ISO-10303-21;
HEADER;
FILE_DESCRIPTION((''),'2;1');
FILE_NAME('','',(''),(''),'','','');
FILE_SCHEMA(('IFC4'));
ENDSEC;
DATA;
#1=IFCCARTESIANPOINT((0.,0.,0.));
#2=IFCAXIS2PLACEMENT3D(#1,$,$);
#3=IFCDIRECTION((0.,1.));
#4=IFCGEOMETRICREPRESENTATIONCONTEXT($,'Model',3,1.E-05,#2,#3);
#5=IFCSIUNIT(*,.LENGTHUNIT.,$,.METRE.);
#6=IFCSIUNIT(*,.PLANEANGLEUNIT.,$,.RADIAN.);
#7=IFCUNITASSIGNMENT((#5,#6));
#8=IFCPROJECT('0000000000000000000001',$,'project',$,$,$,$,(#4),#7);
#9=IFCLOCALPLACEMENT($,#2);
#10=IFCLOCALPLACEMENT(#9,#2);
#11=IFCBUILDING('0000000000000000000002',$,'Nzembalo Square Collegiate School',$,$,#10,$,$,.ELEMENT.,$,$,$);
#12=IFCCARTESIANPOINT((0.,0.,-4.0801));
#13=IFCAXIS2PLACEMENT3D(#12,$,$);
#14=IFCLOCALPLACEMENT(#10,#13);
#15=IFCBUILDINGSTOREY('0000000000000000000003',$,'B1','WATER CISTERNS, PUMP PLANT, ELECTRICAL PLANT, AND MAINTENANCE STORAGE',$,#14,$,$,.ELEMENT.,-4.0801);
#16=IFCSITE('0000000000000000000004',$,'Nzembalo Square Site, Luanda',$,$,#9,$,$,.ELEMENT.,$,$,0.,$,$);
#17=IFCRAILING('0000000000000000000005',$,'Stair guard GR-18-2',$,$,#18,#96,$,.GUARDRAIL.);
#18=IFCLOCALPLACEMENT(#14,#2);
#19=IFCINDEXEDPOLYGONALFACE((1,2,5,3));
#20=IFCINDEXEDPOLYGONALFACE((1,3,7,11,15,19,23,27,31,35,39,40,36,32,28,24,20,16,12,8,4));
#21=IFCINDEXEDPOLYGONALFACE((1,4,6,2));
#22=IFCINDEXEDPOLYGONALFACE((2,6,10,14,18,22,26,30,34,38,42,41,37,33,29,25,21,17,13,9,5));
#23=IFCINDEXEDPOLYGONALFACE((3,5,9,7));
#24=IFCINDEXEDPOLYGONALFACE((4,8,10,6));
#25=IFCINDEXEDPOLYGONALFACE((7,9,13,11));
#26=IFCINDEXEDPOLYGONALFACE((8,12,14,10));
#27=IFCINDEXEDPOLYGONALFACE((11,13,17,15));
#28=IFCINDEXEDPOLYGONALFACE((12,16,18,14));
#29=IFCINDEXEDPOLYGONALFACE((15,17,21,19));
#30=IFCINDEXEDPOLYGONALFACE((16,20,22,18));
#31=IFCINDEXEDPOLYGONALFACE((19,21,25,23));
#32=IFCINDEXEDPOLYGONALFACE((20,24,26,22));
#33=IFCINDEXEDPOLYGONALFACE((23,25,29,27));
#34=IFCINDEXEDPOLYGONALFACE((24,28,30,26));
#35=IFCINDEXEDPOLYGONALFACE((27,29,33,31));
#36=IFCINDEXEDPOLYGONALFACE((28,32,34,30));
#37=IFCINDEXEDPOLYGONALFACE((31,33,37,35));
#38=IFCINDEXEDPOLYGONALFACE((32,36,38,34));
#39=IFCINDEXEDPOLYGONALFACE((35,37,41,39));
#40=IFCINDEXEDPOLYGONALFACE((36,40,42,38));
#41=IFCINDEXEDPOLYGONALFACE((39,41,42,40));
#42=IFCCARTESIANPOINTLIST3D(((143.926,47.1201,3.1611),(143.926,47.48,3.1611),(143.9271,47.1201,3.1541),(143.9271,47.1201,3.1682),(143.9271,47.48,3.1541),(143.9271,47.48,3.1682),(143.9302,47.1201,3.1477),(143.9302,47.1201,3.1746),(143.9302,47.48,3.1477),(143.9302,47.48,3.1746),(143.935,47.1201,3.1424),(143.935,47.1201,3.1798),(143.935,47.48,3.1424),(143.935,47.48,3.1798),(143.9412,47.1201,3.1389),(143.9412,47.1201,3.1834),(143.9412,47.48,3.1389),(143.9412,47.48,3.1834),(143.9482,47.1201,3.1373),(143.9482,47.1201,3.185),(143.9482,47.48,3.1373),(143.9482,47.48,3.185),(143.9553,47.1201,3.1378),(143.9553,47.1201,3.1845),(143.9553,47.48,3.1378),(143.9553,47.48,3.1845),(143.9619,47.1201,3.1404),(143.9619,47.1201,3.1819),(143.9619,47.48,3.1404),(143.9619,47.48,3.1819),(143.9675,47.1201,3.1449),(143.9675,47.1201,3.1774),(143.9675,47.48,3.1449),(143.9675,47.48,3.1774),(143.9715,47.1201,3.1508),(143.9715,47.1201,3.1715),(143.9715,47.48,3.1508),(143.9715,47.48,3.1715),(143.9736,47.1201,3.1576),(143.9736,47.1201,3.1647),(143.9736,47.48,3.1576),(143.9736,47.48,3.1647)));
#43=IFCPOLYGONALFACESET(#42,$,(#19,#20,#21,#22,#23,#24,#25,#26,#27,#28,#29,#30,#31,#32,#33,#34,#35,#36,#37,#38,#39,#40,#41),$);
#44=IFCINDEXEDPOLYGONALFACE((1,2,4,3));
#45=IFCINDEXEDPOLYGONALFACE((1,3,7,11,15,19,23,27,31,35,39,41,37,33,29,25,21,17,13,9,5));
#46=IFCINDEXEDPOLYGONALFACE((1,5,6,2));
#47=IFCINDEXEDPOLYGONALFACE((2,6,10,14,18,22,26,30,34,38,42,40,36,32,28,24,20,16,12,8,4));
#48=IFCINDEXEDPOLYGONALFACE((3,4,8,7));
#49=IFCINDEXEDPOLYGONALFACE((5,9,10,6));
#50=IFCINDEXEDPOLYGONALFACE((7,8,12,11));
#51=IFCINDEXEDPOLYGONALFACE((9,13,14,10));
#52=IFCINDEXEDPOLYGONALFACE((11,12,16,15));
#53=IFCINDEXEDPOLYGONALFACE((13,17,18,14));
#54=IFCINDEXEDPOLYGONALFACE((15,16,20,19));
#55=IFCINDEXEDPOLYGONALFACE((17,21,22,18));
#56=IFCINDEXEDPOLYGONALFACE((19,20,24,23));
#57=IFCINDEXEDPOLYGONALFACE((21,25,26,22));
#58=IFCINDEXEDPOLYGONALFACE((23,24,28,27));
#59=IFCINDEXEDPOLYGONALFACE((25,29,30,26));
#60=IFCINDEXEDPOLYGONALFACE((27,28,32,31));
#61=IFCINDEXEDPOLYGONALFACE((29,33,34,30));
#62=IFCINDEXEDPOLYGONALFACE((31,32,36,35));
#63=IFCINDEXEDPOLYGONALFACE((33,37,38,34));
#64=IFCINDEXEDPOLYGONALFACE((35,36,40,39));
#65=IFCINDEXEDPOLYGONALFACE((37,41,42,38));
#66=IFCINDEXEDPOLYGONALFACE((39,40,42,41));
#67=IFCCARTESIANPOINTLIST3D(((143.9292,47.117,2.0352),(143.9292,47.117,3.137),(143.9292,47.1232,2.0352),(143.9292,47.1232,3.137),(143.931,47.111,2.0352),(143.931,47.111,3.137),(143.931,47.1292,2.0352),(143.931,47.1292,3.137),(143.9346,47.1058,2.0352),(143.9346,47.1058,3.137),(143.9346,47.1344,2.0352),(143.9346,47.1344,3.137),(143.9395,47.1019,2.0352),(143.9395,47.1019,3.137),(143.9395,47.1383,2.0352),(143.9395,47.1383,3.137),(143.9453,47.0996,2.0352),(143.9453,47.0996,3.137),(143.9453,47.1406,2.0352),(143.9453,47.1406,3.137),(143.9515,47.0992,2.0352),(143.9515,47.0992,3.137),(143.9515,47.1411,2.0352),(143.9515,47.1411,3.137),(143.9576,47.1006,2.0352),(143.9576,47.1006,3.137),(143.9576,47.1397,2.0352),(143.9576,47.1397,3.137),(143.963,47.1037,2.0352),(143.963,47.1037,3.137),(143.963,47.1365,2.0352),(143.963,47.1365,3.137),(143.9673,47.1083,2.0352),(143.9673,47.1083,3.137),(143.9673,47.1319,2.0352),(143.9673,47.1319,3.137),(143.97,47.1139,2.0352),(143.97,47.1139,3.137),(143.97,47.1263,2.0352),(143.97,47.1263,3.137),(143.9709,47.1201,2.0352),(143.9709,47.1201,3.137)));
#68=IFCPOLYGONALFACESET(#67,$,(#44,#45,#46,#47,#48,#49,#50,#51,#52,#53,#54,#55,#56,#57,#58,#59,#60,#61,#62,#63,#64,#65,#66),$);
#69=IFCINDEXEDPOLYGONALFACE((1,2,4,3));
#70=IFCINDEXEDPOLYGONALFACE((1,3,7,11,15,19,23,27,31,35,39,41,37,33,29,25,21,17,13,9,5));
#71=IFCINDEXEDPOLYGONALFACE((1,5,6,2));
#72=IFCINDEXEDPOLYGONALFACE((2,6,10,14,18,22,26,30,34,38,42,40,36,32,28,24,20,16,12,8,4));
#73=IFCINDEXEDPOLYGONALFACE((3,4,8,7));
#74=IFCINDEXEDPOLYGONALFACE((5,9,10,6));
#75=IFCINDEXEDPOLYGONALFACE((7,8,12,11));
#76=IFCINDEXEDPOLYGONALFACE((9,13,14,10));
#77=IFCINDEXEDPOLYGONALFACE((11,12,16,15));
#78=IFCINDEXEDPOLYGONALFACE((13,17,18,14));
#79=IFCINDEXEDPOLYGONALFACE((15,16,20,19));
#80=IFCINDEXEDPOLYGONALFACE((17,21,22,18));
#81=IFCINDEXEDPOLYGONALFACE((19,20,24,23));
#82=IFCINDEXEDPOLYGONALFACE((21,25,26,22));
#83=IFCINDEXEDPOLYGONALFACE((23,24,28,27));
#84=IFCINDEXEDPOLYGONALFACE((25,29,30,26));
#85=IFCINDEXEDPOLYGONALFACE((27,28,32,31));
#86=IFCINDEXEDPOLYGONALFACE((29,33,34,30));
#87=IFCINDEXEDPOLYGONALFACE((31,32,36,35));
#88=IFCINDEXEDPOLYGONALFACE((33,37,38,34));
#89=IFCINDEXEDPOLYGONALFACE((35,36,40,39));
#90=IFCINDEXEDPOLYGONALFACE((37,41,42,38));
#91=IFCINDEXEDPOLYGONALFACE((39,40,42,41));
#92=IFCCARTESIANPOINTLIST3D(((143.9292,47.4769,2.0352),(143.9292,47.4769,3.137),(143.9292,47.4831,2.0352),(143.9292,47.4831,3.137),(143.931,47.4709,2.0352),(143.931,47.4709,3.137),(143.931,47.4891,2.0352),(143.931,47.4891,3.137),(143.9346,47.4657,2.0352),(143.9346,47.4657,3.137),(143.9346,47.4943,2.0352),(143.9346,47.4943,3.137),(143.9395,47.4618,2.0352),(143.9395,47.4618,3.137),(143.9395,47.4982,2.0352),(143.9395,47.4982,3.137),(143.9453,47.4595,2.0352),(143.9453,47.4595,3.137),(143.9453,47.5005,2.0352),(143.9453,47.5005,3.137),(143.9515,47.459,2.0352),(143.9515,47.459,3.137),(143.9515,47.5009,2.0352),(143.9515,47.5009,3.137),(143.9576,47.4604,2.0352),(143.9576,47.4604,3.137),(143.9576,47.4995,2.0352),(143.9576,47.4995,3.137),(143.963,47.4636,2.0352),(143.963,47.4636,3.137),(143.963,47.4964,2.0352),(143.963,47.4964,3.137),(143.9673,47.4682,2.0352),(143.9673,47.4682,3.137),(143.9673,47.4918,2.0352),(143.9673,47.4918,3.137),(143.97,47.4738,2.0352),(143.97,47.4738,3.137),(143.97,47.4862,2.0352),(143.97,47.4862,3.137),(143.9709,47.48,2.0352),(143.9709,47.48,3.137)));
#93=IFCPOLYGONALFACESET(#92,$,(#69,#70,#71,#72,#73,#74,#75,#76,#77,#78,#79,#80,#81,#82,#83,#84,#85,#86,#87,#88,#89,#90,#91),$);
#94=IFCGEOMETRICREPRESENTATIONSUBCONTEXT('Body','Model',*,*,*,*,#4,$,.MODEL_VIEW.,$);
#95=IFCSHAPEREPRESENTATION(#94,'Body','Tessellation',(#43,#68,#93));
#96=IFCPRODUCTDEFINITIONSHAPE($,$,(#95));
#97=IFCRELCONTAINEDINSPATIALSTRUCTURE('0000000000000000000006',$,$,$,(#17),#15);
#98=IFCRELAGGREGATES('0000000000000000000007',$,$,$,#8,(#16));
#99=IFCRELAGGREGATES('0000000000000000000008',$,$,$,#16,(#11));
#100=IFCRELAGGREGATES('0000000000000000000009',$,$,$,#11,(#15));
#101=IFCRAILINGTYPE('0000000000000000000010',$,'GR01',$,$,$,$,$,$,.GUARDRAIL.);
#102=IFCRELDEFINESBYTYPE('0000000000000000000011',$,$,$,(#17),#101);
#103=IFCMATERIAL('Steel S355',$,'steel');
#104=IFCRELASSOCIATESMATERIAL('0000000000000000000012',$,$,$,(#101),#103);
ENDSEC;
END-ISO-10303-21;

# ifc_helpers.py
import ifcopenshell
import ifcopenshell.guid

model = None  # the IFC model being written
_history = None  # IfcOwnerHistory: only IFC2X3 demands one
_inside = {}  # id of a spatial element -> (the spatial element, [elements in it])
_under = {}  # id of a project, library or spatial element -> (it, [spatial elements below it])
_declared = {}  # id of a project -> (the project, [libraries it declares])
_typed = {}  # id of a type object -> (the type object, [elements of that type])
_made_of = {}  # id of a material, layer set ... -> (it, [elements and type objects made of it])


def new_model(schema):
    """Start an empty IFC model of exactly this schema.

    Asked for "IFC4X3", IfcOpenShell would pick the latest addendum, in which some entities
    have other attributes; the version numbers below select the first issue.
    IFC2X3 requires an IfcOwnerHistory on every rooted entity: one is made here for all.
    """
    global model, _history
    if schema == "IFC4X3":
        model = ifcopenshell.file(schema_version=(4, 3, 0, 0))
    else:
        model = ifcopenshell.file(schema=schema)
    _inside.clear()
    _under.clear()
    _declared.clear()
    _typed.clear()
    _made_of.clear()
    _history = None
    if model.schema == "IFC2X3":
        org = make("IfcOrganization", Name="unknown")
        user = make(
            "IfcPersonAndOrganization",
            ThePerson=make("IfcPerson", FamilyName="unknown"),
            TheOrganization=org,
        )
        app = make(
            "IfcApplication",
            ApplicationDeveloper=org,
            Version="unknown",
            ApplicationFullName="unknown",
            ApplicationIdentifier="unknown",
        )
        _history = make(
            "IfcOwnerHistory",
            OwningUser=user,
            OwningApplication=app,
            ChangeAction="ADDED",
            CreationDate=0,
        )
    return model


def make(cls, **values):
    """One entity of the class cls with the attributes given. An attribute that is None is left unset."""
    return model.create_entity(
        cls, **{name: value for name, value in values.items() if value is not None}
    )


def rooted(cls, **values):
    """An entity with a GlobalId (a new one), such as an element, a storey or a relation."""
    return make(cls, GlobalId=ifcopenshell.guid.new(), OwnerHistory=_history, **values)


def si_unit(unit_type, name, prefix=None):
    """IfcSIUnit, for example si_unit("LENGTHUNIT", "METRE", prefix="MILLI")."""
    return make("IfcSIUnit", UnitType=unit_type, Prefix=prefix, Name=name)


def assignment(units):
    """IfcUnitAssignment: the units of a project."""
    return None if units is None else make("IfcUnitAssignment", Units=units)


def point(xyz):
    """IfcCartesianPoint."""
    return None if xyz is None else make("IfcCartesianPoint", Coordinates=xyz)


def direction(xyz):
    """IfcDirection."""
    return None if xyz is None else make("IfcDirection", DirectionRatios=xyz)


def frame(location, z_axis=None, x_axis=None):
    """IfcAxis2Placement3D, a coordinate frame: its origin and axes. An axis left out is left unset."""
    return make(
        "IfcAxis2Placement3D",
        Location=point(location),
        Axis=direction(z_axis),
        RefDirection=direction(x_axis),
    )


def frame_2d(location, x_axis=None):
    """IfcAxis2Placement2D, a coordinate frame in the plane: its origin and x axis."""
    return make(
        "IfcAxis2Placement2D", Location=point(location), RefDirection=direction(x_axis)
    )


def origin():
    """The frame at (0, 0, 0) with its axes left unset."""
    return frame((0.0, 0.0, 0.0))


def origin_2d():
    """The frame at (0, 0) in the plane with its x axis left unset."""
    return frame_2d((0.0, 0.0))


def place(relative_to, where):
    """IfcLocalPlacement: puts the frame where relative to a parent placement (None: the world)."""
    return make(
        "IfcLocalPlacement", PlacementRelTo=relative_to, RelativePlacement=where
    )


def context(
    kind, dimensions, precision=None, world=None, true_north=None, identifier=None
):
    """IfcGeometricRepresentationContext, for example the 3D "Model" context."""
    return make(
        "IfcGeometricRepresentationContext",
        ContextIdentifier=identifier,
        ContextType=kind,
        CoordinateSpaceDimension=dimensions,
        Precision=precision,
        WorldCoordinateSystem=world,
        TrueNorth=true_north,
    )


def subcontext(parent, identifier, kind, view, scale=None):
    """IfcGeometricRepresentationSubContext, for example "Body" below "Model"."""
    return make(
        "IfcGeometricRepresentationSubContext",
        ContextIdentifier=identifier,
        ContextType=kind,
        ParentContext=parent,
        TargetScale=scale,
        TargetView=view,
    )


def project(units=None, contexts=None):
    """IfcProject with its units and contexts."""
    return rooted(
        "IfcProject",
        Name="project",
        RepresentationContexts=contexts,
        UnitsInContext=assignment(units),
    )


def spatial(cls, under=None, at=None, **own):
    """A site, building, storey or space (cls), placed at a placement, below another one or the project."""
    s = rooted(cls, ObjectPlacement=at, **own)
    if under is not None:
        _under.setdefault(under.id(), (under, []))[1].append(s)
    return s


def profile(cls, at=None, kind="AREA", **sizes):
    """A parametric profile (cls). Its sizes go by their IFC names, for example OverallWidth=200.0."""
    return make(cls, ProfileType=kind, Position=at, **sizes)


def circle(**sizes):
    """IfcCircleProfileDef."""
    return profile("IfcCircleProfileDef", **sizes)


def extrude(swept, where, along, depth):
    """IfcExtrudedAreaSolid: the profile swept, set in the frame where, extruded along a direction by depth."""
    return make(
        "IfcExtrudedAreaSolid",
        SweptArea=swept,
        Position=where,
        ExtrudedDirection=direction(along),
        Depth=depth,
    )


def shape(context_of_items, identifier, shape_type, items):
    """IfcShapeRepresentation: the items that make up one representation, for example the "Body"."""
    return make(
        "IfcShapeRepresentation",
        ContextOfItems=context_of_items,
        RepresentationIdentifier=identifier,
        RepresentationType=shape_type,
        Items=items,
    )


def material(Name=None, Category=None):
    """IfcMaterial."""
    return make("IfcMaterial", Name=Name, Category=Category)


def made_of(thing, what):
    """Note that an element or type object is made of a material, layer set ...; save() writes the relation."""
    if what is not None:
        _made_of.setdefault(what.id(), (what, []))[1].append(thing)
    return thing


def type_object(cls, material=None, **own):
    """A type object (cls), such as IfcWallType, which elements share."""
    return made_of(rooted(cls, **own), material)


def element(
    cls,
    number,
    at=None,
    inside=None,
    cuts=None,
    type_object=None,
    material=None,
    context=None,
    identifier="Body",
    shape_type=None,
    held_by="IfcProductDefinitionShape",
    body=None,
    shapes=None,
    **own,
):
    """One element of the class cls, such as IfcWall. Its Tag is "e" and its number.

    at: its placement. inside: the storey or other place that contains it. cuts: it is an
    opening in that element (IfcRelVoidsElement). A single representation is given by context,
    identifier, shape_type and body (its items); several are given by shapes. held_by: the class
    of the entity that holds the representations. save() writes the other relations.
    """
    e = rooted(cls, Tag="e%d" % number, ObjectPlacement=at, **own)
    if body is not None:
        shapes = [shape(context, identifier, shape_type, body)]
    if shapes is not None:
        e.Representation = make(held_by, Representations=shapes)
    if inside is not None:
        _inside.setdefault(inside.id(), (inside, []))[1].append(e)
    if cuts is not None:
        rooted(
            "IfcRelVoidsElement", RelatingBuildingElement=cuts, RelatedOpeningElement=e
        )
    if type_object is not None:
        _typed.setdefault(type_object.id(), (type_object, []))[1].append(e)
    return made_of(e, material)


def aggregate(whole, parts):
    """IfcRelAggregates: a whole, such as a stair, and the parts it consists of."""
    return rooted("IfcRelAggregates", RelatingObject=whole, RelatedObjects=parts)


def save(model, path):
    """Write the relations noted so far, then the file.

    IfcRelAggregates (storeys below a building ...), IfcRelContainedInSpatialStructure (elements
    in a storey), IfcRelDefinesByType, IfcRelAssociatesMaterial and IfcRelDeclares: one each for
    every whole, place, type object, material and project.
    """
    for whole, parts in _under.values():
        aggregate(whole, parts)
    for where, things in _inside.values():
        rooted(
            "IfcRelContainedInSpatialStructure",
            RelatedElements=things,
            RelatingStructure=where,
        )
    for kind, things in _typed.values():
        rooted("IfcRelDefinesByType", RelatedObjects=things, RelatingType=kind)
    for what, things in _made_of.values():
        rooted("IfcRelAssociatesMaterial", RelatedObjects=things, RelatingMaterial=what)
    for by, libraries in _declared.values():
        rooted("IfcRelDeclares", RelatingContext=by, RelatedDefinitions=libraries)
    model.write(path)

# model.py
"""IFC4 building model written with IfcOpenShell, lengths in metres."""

from ifc_helpers import new_model, si_unit, direction, frame, origin, origin_2d, place, context, subcontext, project, spatial, circle, extrude, material, type_object, element, save


model = new_model("IFC4")

# Units and contexts
model_context = context("Model", 3, precision=1e-05, world=origin(), true_north=direction((0.0, 1.0)))
body_context = subcontext(model_context, "Body", "Model", "MODEL_VIEW")
ifc_project = project(units=[si_unit("LENGTHUNIT", "METRE"), si_unit("PLANEANGLEUNIT", "RADIAN")], contexts=[model_context])

# Site, building, storey
site_placement = place(None, origin())
site = spatial("IfcSite", under=ifc_project, at=site_placement, Name="Nzembalo Square Site, Luanda", CompositionType="ELEMENT", RefElevation=0.0)
building_placement = place(site_placement, origin())
building = spatial("IfcBuilding", under=site, at=building_placement, Name="Nzembalo Square Collegiate School", CompositionType="ELEMENT")
storey_placement = place(building_placement, frame((0.0, 0.0, -4.0801)))
storey = spatial("IfcBuildingStorey", under=building, at=storey_placement, Name="B1", Description="WATER CISTERNS, PUMP PLANT, ELECTRICAL PLANT, AND MAINTENANCE STORAGE", CompositionType="ELEMENT", Elevation=-4.0801)

# Railing
ifc_material_1 = material(Name="Steel S355", Category="steel")
railing_type_1 = type_object("IfcRailingType", Name="GR01", PredefinedType="GUARDRAIL", material=ifc_material_1)
railing_1_placement = place(storey_placement, frame((143.95, 47.1201, 2.0352)))
element("IfcRailing", 1, at=railing_1_placement, inside=storey, type_object=railing_type_1, Name="Stair guard GR-18-2", PredefinedType="GUARDRAIL", context=body_context, shape_type="SweptSolid", body=[
    extrude(circle(Radius=0.0239, at=origin_2d()), frame((0.0, 0.0, 1.126), z_axis=(0.0, 1.0, 0.0), x_axis=(-1.0, 0.0, 0.0)), (0.0, 0.0, 1.0), 0.3599),
    extrude(circle(Radius=0.021, at=origin_2d()), origin(), (0.0, 0.0, 1.0), 1.1018),
    extrude(circle(Radius=0.021, at=origin_2d()), frame((0.0, 0.3599, 0.0)), (0.0, 0.0, 1.0), 1.1018),
])

save(model, "model.ifc")
